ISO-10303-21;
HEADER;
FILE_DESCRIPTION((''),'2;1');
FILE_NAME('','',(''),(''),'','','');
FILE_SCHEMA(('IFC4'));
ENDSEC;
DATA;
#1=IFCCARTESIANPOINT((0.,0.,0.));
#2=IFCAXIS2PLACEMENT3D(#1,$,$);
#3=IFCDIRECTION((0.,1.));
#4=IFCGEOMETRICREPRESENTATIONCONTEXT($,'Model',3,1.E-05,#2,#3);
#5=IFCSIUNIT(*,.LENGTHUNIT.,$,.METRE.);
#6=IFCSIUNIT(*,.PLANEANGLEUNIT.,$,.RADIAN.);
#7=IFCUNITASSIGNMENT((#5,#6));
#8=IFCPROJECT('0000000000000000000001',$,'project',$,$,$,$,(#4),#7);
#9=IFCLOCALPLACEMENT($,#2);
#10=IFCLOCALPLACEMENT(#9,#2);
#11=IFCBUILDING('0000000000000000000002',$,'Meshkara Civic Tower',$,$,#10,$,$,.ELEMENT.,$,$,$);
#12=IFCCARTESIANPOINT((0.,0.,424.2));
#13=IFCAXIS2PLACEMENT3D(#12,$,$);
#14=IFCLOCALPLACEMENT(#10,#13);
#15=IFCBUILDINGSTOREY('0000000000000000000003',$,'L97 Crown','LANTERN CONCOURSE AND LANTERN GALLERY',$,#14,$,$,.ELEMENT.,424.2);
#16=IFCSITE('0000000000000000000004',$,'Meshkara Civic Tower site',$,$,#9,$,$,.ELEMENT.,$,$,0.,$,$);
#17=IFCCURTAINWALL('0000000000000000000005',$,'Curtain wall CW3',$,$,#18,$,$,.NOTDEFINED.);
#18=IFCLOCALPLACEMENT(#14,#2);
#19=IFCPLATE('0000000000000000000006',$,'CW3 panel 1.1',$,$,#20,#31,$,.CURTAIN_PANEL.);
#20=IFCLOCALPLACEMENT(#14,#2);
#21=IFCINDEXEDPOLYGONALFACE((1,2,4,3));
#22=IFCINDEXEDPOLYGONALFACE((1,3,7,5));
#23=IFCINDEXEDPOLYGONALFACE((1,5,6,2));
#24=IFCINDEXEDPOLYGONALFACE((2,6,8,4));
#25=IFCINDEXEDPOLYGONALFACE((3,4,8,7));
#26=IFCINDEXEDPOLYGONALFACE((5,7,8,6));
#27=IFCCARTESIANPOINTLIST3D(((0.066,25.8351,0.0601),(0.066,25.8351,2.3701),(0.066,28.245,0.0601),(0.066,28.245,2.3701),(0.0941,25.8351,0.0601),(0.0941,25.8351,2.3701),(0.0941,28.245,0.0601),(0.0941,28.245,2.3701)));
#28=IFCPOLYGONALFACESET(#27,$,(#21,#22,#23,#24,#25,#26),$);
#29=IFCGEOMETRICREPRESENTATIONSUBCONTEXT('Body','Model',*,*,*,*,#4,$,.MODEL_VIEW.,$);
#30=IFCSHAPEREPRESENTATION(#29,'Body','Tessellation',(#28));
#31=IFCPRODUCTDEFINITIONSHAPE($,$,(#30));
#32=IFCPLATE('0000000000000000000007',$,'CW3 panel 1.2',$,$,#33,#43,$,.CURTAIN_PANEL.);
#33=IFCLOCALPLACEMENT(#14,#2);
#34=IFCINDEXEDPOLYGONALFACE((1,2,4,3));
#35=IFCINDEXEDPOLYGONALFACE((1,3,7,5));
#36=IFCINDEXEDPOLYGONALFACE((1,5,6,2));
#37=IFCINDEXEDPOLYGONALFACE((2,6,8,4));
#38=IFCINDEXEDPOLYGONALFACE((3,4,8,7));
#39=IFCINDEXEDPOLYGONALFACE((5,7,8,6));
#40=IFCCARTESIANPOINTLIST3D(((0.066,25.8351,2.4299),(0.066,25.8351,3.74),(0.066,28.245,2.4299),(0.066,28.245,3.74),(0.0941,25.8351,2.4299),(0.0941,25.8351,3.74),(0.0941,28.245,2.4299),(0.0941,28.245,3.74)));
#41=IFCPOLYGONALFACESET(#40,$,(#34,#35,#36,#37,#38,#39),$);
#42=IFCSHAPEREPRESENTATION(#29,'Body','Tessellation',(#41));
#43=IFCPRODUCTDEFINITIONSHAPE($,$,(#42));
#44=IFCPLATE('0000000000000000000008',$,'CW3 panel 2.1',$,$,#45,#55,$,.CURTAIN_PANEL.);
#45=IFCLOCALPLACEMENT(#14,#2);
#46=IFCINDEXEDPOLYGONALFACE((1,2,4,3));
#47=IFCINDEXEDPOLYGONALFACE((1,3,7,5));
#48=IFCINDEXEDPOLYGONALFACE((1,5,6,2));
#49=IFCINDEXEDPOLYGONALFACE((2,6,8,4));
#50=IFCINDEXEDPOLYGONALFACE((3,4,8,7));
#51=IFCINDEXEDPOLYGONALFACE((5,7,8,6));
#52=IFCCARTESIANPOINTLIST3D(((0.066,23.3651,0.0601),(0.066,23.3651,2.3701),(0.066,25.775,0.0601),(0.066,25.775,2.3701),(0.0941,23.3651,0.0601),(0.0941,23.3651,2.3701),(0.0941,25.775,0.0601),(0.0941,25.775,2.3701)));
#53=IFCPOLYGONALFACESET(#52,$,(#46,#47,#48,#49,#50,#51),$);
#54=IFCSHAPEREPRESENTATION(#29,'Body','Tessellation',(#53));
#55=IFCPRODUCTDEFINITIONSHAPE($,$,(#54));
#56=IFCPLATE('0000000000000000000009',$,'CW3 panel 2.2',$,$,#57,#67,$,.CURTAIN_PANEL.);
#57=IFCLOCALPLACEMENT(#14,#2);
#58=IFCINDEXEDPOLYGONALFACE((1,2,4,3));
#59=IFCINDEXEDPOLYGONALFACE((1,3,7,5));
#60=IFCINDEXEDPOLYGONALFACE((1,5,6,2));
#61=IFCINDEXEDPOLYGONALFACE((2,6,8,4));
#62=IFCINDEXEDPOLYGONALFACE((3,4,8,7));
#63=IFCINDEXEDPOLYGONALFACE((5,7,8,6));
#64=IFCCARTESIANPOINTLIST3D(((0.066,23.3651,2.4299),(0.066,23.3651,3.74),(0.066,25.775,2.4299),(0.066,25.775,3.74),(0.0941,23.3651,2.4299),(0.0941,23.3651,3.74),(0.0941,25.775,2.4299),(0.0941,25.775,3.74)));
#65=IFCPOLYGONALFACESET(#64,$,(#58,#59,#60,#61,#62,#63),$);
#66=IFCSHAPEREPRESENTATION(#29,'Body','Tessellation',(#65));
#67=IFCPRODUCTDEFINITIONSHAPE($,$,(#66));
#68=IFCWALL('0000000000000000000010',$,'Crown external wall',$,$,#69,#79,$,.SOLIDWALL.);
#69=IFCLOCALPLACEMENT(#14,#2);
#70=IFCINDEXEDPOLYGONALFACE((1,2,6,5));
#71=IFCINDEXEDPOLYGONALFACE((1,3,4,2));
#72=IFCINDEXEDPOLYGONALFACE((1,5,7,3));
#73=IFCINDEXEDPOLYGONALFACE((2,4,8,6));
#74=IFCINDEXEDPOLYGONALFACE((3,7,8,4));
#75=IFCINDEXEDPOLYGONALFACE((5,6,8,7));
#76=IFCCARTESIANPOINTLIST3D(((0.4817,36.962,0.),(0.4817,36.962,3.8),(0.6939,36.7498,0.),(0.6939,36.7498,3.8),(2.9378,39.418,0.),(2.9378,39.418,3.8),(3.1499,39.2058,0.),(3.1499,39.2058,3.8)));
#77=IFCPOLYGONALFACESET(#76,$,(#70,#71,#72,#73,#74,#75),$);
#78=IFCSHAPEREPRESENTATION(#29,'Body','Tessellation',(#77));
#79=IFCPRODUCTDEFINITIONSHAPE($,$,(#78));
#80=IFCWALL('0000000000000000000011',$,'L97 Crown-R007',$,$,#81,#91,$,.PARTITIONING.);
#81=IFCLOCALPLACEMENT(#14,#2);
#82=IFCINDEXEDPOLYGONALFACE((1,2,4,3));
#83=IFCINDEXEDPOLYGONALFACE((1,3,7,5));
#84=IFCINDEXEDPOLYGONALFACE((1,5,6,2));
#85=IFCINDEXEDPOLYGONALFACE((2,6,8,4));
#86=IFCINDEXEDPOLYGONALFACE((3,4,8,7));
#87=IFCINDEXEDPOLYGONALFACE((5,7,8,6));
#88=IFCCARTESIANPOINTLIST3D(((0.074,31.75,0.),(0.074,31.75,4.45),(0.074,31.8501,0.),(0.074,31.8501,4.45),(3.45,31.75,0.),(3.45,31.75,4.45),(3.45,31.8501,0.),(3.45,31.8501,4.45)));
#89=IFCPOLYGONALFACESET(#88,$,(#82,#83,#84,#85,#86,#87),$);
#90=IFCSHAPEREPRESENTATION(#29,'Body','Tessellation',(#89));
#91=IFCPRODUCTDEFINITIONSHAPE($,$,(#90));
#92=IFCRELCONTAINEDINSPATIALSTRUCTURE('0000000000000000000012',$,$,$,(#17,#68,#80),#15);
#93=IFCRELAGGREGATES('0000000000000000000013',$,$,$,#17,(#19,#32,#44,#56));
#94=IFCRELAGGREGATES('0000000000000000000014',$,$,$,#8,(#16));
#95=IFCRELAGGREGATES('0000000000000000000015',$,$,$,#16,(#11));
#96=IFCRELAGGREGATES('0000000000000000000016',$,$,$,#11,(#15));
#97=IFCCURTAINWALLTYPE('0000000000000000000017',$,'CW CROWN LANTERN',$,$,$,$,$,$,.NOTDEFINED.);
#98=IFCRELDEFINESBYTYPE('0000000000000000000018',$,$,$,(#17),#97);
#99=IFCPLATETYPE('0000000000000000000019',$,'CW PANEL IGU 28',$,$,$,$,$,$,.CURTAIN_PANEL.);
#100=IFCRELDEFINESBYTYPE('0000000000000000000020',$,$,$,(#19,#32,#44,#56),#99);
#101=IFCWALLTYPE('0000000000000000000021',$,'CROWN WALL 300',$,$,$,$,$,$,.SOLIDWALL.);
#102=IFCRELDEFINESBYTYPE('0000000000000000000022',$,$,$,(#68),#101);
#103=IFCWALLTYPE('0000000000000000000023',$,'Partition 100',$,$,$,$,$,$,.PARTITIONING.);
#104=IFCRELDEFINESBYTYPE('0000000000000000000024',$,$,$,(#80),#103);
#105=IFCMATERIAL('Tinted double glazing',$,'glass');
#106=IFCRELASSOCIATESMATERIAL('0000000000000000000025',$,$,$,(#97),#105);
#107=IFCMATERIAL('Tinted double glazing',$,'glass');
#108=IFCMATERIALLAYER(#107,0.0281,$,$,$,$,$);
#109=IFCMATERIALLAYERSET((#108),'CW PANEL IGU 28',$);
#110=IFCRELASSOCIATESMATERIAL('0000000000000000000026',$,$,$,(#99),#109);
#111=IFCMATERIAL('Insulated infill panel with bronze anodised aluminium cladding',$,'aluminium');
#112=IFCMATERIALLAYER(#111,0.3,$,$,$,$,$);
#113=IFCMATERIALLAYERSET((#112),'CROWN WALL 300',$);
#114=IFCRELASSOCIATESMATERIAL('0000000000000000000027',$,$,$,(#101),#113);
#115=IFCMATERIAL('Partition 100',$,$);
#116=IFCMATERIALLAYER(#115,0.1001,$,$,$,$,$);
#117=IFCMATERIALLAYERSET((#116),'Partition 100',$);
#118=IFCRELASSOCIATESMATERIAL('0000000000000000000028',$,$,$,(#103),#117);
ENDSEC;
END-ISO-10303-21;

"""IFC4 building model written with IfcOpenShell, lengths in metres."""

from ifc_helpers import new_model, si_unit, direction, frame, frame_2d, origin, origin_2d, place, context, subcontext, project, spatial, rectangle, extrude, material, layer, layer_set, type_object, element, aggregate, save


model = new_model("IFC4")

# Units and contexts
model_context = context("Model", 3, precision=1e-05, world=origin(), true_north=direction((0.0, 1.0)))
body_context = subcontext(model_context, "Body", "Model", "MODEL_VIEW")
ifc_project = project(units=[si_unit("LENGTHUNIT", "METRE"), si_unit("PLANEANGLEUNIT", "RADIAN")], contexts=[model_context])

# Site, building, storey
site_placement = place(None, origin())
site = spatial("IfcSite", under=ifc_project, at=site_placement, Name="Meshkara Civic Tower site", CompositionType="ELEMENT", RefElevation=0.0)
building_placement = place(site_placement, origin())
building = spatial("IfcBuilding", under=site, at=building_placement, Name="Meshkara Civic Tower", CompositionType="ELEMENT")
storey_placement = place(building_placement, frame((0.0, 0.0, 424.2)))
storey = spatial("IfcBuildingStorey", under=building, at=storey_placement, Name="L97 Crown", Description="LANTERN CONCOURSE AND LANTERN GALLERY", CompositionType="ELEMENT", Elevation=424.2)

# Curtain wall
ifc_material_1 = material(Name="Tinted double glazing", Category="glass")
curtain_wall_type = type_object("IfcCurtainWallType", Name="CW CROWN LANTERN", PredefinedType="NOTDEFINED", material=ifc_material_1)
curtain_wall_1_placement = place(storey_placement, origin())
curtain_wall_1 = element("IfcCurtainWall", 1, at=curtain_wall_1_placement, inside=storey, type_object=curtain_wall_type, Name="Curtain wall CW3", PredefinedType="NOTDEFINED")

# Plates
ifc_material_2 = material(Name="Tinted double glazing", Category="glass")
ifc_layer_1 = layer(ifc_material_2, 0.0281)
ifc_layer_set_1 = layer_set([ifc_layer_1], Name="CW PANEL IGU 28")
plate_type = type_object("IfcPlateType", Name="CW PANEL IGU 28", PredefinedType="CURTAIN_PANEL", material=ifc_layer_set_1)
plate_1_placement = place(storey_placement, frame((0.0801, 27.04, 0.0601), z_axis=(0.0, 0.0, 1.0), x_axis=(0.0, -1.0, 0.0)))
plate_1 = element("IfcPlate", 2, at=plate_1_placement, type_object=plate_type, Name="CW3 panel 1.1", PredefinedType="CURTAIN_PANEL", context=body_context, shape_type="SweptSolid", body=[
    extrude(rectangle(XDim=2.4099, YDim=0.0281, at=origin_2d()), origin(), (0.0, 0.0, 1.0), 2.3101),
])
plate_2_placement = place(storey_placement, frame((0.0801, 27.04, 2.4299), z_axis=(0.0, 0.0, 1.0), x_axis=(0.0, -1.0, 0.0)))
plate_2 = element("IfcPlate", 3, at=plate_2_placement, type_object=plate_type, Name="CW3 panel 1.2", PredefinedType="CURTAIN_PANEL", context=body_context, shape_type="SweptSolid", body=[
    extrude(rectangle(XDim=2.4099, YDim=0.0281, at=origin_2d()), origin(), (0.0, 0.0, 1.0), 1.3101),
])
plate_3_placement = place(storey_placement, frame((0.0801, 24.5701, 0.0601), z_axis=(0.0, 0.0, 1.0), x_axis=(0.0, -1.0, 0.0)))
plate_3 = element("IfcPlate", 4, at=plate_3_placement, type_object=plate_type, Name="CW3 panel 2.1", PredefinedType="CURTAIN_PANEL", context=body_context, shape_type="SweptSolid", body=[
    extrude(rectangle(XDim=2.4099, YDim=0.0281, at=origin_2d()), origin(), (0.0, 0.0, 1.0), 2.3101),
])
plate_4_placement = place(storey_placement, frame((0.0801, 24.5701, 2.4299), z_axis=(0.0, 0.0, 1.0), x_axis=(0.0, -1.0, 0.0)))
plate_4 = element("IfcPlate", 5, at=plate_4_placement, type_object=plate_type, Name="CW3 panel 2.2", PredefinedType="CURTAIN_PANEL", context=body_context, shape_type="SweptSolid", body=[
    extrude(rectangle(XDim=2.4099, YDim=0.0281, at=origin_2d()), origin(), (0.0, 0.0, 1.0), 1.3101),
])
aggregate(curtain_wall_1, [plate_1, plate_2, plate_3, plate_4])

# Walls
ifc_material_3 = material(Name="Insulated infill panel with bronze anodised aluminium cladding", Category="aluminium")
ifc_layer_2 = layer(ifc_material_3, 0.3)
ifc_layer_set_2 = layer_set([ifc_layer_2], Name="CROWN WALL 300")
wall_type_1 = type_object("IfcWallType", Name="CROWN WALL 300", PredefinedType="SOLIDWALL", material=ifc_layer_set_2)
wall_1_placement = place(storey_placement, frame((3.0439, 39.312, 0.0), z_axis=(0.0, 0.0, 1.0), x_axis=(-0.707107, -0.707107, 0.0)))
element("IfcWall", 6, at=wall_1_placement, inside=storey, type_object=wall_type_1, Name="Crown external wall", PredefinedType="SOLIDWALL", context=body_context, shape_type="SweptSolid", body=[
    extrude(rectangle(XDim=3.4734, YDim=0.3, at=frame_2d((1.7368, 0.0))), origin(), (0.0, 0.0, 1.0), 3.8),
])
ifc_material_4 = material(Name="Partition 100")
ifc_layer_3 = layer(ifc_material_4, 0.1001)
ifc_layer_set_3 = layer_set([ifc_layer_3], Name="Partition 100")
wall_type_2 = type_object("IfcWallType", Name="Partition 100", PredefinedType="PARTITIONING", material=ifc_layer_set_3)
wall_2_placement = place(storey_placement, frame((3.45, 31.8, 0.0), z_axis=(0.0, 0.0, 1.0), x_axis=(-1.0, 0.0, 0.0)))
element("IfcWall", 7, at=wall_2_placement, inside=storey, type_object=wall_type_2, Name="L97 Crown-R007", PredefinedType="PARTITIONING", context=body_context, shape_type="SweptSolid", body=[
    extrude(rectangle(XDim=3.376, YDim=0.1001, at=frame_2d((1.688, 0.0))), origin(), (0.0, 0.0, 1.0), 4.45),
])

save(model, "model.ifc")
